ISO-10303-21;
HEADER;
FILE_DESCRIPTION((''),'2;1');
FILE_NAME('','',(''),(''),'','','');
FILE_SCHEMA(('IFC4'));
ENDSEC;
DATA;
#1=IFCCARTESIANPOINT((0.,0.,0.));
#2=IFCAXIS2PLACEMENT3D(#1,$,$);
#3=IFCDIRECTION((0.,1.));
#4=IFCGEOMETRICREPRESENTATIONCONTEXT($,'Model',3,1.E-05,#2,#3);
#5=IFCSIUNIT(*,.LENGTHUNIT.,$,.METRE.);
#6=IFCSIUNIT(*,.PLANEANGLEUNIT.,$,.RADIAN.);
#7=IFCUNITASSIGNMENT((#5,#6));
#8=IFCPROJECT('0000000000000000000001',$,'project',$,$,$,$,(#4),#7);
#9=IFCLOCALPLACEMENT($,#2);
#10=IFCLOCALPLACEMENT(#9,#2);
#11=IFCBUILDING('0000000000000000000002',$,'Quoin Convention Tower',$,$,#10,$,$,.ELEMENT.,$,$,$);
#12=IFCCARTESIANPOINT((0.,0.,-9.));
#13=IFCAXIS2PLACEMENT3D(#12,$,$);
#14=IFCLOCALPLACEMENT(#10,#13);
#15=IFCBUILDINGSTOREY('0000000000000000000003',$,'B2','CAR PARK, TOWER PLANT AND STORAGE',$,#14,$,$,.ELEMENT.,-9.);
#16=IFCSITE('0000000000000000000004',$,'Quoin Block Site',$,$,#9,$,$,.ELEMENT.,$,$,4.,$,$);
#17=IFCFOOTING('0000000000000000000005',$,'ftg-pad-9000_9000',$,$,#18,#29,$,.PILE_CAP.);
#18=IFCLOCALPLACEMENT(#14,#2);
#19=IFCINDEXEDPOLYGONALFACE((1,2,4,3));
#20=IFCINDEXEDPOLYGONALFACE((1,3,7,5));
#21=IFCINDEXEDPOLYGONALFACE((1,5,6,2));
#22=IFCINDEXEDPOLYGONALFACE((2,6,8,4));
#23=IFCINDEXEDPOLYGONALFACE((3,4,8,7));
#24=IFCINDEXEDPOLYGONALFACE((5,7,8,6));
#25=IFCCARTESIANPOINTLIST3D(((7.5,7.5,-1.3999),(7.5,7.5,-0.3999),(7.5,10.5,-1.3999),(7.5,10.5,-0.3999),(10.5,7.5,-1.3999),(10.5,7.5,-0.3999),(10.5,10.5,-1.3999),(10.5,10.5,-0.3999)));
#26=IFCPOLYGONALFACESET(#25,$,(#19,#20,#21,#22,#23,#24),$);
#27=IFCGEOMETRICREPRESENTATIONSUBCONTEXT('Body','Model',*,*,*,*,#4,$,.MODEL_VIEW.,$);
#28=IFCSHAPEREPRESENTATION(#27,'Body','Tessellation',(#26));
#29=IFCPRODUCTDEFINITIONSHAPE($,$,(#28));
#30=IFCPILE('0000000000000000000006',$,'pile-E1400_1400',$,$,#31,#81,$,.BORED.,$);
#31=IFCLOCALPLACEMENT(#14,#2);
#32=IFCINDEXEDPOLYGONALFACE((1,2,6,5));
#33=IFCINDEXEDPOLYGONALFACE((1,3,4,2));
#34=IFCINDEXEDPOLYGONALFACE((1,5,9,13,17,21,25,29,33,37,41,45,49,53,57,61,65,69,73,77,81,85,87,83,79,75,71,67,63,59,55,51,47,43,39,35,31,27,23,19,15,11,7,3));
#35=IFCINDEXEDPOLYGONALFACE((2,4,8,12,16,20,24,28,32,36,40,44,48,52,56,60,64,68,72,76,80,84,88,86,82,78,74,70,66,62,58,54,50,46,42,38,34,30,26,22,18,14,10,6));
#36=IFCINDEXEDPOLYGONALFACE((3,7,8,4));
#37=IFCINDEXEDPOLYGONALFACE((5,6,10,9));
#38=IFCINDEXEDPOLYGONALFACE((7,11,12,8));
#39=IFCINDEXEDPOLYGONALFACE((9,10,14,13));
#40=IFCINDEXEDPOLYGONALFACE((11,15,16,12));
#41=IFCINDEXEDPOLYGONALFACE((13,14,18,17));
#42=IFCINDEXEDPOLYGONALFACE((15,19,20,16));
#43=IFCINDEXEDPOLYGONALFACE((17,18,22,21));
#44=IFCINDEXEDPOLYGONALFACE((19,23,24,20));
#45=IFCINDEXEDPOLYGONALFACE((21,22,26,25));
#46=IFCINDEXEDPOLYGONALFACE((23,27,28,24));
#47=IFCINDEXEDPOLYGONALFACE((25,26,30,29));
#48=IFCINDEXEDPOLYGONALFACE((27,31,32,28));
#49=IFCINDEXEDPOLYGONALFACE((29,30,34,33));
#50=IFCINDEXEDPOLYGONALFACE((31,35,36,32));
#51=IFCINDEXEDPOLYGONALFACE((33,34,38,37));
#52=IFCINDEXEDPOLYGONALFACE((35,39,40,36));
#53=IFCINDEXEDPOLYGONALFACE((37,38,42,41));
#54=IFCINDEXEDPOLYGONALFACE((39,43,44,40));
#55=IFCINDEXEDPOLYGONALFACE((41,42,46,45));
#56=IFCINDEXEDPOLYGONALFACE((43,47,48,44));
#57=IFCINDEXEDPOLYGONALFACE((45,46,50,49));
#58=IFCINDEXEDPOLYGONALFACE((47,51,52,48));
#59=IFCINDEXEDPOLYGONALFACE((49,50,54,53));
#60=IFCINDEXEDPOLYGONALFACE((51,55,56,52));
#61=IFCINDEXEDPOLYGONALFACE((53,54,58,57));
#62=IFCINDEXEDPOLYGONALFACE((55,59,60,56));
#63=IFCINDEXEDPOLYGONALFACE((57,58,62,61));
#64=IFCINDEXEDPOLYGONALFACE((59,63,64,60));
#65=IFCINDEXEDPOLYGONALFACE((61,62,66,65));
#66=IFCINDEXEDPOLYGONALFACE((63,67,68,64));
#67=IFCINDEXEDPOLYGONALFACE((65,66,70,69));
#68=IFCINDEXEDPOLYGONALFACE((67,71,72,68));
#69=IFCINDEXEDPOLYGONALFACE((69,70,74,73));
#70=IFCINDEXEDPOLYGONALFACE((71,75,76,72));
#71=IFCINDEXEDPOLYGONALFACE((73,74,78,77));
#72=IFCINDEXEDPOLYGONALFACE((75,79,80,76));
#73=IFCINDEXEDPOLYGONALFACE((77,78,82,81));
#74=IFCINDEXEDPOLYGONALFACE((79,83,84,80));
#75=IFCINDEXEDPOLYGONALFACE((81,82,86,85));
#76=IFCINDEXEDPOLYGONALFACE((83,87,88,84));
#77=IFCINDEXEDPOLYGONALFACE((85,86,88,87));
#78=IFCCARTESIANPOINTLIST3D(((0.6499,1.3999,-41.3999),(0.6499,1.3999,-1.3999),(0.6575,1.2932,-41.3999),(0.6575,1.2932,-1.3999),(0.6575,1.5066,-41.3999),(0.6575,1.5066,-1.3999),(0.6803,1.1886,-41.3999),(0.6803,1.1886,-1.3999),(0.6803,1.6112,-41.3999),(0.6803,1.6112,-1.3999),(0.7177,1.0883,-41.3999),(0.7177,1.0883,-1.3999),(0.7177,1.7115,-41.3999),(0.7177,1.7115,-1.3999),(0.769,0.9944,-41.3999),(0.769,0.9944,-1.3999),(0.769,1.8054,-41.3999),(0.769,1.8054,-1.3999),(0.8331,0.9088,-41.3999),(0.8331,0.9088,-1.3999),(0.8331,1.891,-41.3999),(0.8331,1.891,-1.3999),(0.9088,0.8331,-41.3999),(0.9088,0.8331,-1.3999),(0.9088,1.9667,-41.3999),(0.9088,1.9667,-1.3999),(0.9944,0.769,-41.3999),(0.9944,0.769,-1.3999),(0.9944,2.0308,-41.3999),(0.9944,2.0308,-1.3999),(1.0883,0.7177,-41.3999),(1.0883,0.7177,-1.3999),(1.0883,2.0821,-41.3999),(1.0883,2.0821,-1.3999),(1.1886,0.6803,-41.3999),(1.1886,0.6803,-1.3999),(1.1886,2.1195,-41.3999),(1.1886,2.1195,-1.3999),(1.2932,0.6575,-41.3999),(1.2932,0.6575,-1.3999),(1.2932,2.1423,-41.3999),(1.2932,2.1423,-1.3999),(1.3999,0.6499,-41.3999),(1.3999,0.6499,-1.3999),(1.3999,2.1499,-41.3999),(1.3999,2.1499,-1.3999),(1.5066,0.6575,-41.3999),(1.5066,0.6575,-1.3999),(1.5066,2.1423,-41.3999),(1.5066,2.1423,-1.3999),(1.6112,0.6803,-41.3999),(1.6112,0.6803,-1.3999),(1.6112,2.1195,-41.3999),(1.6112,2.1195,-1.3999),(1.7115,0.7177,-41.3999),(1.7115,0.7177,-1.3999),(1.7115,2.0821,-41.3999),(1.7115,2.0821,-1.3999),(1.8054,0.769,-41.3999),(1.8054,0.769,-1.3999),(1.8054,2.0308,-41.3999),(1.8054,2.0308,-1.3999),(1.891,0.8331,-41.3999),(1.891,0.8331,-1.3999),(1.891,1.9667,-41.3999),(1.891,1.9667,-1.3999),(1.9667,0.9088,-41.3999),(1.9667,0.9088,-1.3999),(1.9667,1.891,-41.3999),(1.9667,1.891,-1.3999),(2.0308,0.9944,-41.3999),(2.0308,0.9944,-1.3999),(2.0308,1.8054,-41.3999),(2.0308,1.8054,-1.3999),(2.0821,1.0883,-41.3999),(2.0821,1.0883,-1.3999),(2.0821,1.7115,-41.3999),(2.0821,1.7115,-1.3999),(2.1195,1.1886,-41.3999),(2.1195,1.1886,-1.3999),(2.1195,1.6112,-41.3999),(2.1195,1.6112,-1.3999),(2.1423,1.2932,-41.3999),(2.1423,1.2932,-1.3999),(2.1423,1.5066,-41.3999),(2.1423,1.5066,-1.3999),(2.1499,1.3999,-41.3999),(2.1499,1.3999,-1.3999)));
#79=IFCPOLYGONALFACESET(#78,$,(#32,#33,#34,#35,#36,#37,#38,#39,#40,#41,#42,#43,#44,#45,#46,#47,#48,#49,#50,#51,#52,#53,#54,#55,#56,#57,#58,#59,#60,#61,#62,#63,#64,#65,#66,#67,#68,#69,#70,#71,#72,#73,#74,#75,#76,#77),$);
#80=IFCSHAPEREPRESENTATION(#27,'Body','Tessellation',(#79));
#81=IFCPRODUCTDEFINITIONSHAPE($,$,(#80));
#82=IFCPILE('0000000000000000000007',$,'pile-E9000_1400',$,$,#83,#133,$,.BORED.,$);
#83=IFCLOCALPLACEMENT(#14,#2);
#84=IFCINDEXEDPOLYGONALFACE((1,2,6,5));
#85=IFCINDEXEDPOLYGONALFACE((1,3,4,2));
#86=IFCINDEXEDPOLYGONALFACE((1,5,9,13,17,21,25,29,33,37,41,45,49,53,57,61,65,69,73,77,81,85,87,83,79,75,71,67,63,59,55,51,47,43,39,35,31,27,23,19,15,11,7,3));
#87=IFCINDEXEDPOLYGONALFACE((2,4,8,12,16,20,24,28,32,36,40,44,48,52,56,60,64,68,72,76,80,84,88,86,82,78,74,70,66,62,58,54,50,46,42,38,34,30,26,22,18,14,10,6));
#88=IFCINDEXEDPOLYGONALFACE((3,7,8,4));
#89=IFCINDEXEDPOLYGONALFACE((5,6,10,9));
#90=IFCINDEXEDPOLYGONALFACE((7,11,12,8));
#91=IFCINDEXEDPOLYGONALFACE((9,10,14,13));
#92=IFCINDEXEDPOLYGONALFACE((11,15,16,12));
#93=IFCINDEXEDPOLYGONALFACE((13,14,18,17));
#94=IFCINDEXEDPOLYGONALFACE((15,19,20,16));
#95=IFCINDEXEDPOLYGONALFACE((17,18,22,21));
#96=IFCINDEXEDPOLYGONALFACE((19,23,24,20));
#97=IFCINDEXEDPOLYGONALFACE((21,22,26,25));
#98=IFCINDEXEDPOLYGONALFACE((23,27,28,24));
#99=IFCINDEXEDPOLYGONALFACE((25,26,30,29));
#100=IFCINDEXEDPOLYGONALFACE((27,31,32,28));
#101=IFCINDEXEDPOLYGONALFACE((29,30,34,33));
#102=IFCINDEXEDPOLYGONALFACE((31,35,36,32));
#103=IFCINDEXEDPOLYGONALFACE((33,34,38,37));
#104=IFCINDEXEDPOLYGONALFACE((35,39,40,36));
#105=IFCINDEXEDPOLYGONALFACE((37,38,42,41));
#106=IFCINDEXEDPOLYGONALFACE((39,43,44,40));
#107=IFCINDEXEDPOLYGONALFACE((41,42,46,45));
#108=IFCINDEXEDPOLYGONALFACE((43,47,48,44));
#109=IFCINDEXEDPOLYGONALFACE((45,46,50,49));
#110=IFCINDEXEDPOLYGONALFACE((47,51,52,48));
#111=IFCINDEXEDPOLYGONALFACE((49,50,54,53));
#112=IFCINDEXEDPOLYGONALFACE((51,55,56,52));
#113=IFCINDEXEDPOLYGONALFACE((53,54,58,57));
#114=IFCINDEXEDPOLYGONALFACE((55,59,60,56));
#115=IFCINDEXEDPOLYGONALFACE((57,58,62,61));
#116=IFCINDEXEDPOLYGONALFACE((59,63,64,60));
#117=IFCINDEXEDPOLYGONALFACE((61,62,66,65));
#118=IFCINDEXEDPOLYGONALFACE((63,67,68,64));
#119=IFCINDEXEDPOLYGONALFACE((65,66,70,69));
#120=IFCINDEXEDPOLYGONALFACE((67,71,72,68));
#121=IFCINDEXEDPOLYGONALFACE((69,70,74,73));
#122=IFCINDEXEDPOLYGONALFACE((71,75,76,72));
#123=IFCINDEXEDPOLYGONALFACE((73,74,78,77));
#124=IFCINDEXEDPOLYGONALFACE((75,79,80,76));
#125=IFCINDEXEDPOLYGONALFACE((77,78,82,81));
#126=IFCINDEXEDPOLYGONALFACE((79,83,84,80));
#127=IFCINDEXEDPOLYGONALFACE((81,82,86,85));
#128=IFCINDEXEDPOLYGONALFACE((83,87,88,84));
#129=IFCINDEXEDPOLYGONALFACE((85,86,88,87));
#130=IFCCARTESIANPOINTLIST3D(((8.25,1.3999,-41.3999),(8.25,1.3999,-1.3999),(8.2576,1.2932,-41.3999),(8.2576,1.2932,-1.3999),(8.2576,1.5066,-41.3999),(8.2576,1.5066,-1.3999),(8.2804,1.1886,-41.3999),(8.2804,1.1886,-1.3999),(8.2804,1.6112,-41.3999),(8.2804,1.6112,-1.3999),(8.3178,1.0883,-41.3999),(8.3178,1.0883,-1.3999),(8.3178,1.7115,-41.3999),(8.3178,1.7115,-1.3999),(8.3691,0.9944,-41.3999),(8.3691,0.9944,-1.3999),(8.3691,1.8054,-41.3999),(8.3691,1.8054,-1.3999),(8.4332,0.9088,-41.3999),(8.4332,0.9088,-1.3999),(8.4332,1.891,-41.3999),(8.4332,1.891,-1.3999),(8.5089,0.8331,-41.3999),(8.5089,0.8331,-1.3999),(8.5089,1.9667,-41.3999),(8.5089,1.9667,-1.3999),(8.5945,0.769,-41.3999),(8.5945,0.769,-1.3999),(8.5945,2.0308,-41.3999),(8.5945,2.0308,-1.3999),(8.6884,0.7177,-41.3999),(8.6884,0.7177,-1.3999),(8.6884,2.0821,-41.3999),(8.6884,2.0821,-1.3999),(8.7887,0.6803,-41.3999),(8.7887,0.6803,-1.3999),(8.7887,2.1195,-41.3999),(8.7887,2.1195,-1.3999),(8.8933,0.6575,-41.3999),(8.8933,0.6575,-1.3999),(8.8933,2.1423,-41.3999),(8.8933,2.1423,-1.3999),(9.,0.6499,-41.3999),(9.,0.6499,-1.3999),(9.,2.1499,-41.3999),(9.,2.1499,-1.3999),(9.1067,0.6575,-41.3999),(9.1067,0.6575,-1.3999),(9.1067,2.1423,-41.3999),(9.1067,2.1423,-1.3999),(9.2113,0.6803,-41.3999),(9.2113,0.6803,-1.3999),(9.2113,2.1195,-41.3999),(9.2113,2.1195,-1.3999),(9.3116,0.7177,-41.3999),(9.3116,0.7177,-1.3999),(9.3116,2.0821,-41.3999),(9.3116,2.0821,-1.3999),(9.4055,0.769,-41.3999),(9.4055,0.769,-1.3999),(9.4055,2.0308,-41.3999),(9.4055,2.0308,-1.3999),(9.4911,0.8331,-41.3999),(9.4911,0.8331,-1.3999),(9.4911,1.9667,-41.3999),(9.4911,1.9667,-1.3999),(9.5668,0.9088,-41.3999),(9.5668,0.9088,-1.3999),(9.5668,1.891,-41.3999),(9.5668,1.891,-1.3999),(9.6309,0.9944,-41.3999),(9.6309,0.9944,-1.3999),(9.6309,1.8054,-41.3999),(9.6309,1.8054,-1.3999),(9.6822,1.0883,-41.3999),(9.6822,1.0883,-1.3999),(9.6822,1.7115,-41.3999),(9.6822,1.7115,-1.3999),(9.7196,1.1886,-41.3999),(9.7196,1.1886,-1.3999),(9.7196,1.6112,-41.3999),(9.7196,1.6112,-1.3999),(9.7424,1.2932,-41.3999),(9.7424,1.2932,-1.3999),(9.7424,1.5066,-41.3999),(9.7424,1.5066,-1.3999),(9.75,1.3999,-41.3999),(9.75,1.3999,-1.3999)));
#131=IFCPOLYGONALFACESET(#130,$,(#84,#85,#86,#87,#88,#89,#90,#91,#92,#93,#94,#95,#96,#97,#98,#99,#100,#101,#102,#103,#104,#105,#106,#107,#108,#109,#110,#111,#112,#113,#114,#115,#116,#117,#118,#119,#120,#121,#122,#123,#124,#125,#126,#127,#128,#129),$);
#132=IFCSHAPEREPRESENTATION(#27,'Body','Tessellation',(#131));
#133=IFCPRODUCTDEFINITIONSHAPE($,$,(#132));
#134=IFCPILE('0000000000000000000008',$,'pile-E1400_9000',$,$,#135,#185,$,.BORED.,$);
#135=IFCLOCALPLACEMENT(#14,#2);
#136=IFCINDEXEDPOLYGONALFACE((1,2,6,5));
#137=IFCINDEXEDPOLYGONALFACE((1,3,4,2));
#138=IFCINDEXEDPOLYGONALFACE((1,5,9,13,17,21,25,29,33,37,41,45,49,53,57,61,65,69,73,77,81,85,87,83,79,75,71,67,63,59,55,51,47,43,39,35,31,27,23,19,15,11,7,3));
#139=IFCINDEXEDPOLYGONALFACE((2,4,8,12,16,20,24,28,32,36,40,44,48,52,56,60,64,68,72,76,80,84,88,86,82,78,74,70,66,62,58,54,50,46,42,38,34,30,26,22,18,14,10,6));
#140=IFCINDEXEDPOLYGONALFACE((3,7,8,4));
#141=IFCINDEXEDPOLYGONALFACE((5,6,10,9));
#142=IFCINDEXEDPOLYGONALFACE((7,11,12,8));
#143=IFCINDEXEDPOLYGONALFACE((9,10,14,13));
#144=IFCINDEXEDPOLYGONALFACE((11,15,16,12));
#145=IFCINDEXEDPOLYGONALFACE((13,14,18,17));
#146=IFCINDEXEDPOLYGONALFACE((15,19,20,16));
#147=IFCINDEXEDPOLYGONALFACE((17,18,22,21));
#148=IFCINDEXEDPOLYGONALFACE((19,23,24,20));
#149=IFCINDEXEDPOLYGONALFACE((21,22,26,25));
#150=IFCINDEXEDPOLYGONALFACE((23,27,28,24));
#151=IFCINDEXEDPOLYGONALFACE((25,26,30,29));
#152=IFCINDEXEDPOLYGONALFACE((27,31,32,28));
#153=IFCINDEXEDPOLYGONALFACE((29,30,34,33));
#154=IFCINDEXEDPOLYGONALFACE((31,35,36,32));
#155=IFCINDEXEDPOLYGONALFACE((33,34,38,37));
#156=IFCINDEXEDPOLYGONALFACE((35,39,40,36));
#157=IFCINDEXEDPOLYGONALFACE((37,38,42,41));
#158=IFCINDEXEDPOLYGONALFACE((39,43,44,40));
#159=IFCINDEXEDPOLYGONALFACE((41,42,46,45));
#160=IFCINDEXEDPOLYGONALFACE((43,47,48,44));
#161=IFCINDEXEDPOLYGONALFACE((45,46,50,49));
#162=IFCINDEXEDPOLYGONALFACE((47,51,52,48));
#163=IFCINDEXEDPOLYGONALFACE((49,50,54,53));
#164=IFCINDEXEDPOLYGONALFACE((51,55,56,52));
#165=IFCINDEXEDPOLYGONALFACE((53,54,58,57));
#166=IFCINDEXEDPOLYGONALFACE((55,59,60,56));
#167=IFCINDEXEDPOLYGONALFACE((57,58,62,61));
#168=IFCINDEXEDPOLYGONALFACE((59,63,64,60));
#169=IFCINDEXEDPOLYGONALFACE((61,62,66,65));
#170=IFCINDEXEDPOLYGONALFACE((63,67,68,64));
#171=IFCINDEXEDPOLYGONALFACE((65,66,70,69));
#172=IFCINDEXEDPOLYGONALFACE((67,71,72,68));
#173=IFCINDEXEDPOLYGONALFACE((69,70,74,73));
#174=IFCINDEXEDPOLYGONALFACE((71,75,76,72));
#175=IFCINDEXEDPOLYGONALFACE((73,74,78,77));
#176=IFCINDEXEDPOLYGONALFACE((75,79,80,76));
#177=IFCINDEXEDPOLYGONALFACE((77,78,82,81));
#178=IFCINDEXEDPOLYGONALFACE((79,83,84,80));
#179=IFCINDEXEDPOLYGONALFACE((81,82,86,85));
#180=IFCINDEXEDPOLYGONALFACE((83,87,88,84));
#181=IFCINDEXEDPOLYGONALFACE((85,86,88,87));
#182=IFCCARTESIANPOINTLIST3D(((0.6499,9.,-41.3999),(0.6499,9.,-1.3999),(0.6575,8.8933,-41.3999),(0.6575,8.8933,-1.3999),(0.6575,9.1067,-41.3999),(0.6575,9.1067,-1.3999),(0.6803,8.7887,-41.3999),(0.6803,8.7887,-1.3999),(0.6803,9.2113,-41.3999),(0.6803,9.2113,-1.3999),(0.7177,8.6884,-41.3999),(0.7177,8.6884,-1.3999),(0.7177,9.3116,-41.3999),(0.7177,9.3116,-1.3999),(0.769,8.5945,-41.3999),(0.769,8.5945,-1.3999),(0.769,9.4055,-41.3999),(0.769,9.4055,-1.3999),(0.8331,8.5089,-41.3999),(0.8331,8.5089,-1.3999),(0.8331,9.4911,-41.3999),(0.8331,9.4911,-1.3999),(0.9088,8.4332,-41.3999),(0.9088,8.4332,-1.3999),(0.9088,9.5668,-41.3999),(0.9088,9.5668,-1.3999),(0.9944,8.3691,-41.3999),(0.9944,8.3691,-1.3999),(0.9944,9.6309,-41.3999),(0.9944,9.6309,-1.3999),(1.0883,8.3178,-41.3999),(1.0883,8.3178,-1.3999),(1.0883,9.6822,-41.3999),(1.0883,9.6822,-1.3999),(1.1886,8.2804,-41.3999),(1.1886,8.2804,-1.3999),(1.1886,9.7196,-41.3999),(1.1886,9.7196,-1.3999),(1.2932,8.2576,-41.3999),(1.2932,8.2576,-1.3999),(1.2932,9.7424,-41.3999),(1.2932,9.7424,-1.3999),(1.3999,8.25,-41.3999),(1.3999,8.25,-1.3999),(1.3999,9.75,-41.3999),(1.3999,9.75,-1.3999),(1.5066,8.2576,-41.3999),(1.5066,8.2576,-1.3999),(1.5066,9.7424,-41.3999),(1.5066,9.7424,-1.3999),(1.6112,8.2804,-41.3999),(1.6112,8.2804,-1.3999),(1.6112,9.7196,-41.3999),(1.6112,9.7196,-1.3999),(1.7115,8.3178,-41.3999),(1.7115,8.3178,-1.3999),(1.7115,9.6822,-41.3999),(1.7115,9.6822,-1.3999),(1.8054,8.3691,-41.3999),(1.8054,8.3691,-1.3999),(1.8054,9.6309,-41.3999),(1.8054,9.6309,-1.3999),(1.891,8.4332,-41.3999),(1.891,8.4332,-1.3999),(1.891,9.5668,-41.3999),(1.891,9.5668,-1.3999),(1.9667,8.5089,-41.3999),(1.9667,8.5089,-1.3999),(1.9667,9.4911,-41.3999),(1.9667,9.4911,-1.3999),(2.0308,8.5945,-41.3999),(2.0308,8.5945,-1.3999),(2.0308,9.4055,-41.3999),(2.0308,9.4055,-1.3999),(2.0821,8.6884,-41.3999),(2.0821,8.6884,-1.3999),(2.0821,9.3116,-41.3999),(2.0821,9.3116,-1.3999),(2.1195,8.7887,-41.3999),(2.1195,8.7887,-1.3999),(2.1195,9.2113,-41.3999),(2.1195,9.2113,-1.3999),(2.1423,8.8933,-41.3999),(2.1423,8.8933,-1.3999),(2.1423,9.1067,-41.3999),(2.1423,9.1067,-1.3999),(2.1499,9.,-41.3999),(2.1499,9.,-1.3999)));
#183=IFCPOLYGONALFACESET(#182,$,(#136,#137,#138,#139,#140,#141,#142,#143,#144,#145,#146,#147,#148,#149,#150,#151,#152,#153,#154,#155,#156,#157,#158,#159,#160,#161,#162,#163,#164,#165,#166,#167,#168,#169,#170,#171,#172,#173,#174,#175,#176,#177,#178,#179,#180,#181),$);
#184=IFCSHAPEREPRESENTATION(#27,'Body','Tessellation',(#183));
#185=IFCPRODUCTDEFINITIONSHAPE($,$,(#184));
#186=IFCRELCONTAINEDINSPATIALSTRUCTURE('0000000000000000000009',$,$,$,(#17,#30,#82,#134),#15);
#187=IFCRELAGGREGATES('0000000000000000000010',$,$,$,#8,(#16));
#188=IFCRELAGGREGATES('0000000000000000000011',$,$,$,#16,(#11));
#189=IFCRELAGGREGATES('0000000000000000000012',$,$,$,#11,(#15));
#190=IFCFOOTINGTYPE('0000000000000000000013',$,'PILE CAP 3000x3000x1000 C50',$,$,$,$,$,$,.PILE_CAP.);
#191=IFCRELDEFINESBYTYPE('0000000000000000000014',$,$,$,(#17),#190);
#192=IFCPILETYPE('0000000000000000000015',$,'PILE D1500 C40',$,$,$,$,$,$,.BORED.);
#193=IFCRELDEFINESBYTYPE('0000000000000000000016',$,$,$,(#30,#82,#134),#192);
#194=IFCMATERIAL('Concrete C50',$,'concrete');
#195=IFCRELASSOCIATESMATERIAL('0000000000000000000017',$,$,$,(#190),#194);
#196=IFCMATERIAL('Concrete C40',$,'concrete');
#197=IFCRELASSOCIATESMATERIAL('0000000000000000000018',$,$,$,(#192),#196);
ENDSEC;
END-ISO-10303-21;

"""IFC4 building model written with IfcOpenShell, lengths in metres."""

from ifc_helpers import new_model, si_unit, direction, frame, origin, origin_2d, place, context, subcontext, project, spatial, rectangle, circle, extrude, material, material_profile, profile_set, type_object, element, save


model = new_model("IFC4")

# Units and contexts
model_context = context("Model", 3, precision=1e-05, world=origin(), true_north=direction((0.0, 1.0)))
body_context = subcontext(model_context, "Body", "Model", "MODEL_VIEW")
ifc_project = project(units=[si_unit("LENGTHUNIT", "METRE"), si_unit("PLANEANGLEUNIT", "RADIAN")], contexts=[model_context])

# Site, building, storey
site_placement = place(None, origin())
site = spatial("IfcSite", under=ifc_project, at=site_placement, Name="Quoin Block Site", CompositionType="ELEMENT", RefElevation=4.0)
building_placement = place(site_placement, origin())
building = spatial("IfcBuilding", under=site, at=building_placement, Name="Quoin Convention Tower", CompositionType="ELEMENT")
storey_placement = place(building_placement, frame((0.0, 0.0, -9.0)))
storey = spatial("IfcBuildingStorey", under=building, at=storey_placement, Name="B2", Description="CAR PARK, TOWER PLANT AND STORAGE", CompositionType="ELEMENT", Elevation=-9.0)

# Footing
ifc_material_1 = material(Name="Concrete C50", Category="concrete")
footing_type = type_object("IfcFootingType", Name="PILE CAP 3000x3000x1000 C50", PredefinedType="PILE_CAP", material=ifc_material_1)
footing_placement = place(storey_placement, frame((9.0, 9.0, -1.3999), z_axis=(0.0, 0.0, 1.0), x_axis=(1.0, 0.0, 0.0)))
element("IfcFooting", 1, at=footing_placement, inside=storey, type_object=footing_type, Name="ftg-pad-9000_9000", PredefinedType="PILE_CAP", context=body_context, shape_type="SweptSolid", body=[
    extrude(rectangle(XDim=3.0, YDim=3.0, at=origin_2d()), origin(), (0.0, 0.0, 1.0), 1.0),
])

# Piles
ifc_material_2 = material(Name="Concrete C40", Category="concrete")
ifc_material_profile_1 = material_profile(ifc_material_2, circle(Radius=0.75, at=origin_2d()), Name="D1500")
ifc_profile_set_1 = profile_set([ifc_material_profile_1], Name="Concrete C40")
pile_type = type_object("IfcPileType", Name="PILE D1500 C40", PredefinedType="BORED", material=ifc_profile_set_1)
for number, where, z_axis, x_axis, name in (
    (2, (1.3999, 1.3999, -1.3999), (0.0, 0.0, -1.0), (1.0, 0.0, 0.0), "pile-E1400_1400"),
    (3, (9.0, 1.3999, -1.3999), (0.0, 0.0, -1.0), (1.0, 0.0, 0.0), "pile-E9000_1400"),
    (4, (1.3999, 9.0, -1.3999), (0.0, 0.0, -1.0), (1.0, 0.0, 0.0), "pile-E1400_9000"),
):
    element("IfcPile", number, at=place(storey_placement, frame(where, z_axis=z_axis, x_axis=x_axis)), inside=storey, type_object=pile_type, Name=name, PredefinedType="BORED", context=body_context, shape_type="SweptSolid", body=[
        extrude(circle(Radius=0.75, at=origin_2d()), origin(), (0.0, 0.0, 1.0), 40.0),
    ])

save(model, "model.ifc")
